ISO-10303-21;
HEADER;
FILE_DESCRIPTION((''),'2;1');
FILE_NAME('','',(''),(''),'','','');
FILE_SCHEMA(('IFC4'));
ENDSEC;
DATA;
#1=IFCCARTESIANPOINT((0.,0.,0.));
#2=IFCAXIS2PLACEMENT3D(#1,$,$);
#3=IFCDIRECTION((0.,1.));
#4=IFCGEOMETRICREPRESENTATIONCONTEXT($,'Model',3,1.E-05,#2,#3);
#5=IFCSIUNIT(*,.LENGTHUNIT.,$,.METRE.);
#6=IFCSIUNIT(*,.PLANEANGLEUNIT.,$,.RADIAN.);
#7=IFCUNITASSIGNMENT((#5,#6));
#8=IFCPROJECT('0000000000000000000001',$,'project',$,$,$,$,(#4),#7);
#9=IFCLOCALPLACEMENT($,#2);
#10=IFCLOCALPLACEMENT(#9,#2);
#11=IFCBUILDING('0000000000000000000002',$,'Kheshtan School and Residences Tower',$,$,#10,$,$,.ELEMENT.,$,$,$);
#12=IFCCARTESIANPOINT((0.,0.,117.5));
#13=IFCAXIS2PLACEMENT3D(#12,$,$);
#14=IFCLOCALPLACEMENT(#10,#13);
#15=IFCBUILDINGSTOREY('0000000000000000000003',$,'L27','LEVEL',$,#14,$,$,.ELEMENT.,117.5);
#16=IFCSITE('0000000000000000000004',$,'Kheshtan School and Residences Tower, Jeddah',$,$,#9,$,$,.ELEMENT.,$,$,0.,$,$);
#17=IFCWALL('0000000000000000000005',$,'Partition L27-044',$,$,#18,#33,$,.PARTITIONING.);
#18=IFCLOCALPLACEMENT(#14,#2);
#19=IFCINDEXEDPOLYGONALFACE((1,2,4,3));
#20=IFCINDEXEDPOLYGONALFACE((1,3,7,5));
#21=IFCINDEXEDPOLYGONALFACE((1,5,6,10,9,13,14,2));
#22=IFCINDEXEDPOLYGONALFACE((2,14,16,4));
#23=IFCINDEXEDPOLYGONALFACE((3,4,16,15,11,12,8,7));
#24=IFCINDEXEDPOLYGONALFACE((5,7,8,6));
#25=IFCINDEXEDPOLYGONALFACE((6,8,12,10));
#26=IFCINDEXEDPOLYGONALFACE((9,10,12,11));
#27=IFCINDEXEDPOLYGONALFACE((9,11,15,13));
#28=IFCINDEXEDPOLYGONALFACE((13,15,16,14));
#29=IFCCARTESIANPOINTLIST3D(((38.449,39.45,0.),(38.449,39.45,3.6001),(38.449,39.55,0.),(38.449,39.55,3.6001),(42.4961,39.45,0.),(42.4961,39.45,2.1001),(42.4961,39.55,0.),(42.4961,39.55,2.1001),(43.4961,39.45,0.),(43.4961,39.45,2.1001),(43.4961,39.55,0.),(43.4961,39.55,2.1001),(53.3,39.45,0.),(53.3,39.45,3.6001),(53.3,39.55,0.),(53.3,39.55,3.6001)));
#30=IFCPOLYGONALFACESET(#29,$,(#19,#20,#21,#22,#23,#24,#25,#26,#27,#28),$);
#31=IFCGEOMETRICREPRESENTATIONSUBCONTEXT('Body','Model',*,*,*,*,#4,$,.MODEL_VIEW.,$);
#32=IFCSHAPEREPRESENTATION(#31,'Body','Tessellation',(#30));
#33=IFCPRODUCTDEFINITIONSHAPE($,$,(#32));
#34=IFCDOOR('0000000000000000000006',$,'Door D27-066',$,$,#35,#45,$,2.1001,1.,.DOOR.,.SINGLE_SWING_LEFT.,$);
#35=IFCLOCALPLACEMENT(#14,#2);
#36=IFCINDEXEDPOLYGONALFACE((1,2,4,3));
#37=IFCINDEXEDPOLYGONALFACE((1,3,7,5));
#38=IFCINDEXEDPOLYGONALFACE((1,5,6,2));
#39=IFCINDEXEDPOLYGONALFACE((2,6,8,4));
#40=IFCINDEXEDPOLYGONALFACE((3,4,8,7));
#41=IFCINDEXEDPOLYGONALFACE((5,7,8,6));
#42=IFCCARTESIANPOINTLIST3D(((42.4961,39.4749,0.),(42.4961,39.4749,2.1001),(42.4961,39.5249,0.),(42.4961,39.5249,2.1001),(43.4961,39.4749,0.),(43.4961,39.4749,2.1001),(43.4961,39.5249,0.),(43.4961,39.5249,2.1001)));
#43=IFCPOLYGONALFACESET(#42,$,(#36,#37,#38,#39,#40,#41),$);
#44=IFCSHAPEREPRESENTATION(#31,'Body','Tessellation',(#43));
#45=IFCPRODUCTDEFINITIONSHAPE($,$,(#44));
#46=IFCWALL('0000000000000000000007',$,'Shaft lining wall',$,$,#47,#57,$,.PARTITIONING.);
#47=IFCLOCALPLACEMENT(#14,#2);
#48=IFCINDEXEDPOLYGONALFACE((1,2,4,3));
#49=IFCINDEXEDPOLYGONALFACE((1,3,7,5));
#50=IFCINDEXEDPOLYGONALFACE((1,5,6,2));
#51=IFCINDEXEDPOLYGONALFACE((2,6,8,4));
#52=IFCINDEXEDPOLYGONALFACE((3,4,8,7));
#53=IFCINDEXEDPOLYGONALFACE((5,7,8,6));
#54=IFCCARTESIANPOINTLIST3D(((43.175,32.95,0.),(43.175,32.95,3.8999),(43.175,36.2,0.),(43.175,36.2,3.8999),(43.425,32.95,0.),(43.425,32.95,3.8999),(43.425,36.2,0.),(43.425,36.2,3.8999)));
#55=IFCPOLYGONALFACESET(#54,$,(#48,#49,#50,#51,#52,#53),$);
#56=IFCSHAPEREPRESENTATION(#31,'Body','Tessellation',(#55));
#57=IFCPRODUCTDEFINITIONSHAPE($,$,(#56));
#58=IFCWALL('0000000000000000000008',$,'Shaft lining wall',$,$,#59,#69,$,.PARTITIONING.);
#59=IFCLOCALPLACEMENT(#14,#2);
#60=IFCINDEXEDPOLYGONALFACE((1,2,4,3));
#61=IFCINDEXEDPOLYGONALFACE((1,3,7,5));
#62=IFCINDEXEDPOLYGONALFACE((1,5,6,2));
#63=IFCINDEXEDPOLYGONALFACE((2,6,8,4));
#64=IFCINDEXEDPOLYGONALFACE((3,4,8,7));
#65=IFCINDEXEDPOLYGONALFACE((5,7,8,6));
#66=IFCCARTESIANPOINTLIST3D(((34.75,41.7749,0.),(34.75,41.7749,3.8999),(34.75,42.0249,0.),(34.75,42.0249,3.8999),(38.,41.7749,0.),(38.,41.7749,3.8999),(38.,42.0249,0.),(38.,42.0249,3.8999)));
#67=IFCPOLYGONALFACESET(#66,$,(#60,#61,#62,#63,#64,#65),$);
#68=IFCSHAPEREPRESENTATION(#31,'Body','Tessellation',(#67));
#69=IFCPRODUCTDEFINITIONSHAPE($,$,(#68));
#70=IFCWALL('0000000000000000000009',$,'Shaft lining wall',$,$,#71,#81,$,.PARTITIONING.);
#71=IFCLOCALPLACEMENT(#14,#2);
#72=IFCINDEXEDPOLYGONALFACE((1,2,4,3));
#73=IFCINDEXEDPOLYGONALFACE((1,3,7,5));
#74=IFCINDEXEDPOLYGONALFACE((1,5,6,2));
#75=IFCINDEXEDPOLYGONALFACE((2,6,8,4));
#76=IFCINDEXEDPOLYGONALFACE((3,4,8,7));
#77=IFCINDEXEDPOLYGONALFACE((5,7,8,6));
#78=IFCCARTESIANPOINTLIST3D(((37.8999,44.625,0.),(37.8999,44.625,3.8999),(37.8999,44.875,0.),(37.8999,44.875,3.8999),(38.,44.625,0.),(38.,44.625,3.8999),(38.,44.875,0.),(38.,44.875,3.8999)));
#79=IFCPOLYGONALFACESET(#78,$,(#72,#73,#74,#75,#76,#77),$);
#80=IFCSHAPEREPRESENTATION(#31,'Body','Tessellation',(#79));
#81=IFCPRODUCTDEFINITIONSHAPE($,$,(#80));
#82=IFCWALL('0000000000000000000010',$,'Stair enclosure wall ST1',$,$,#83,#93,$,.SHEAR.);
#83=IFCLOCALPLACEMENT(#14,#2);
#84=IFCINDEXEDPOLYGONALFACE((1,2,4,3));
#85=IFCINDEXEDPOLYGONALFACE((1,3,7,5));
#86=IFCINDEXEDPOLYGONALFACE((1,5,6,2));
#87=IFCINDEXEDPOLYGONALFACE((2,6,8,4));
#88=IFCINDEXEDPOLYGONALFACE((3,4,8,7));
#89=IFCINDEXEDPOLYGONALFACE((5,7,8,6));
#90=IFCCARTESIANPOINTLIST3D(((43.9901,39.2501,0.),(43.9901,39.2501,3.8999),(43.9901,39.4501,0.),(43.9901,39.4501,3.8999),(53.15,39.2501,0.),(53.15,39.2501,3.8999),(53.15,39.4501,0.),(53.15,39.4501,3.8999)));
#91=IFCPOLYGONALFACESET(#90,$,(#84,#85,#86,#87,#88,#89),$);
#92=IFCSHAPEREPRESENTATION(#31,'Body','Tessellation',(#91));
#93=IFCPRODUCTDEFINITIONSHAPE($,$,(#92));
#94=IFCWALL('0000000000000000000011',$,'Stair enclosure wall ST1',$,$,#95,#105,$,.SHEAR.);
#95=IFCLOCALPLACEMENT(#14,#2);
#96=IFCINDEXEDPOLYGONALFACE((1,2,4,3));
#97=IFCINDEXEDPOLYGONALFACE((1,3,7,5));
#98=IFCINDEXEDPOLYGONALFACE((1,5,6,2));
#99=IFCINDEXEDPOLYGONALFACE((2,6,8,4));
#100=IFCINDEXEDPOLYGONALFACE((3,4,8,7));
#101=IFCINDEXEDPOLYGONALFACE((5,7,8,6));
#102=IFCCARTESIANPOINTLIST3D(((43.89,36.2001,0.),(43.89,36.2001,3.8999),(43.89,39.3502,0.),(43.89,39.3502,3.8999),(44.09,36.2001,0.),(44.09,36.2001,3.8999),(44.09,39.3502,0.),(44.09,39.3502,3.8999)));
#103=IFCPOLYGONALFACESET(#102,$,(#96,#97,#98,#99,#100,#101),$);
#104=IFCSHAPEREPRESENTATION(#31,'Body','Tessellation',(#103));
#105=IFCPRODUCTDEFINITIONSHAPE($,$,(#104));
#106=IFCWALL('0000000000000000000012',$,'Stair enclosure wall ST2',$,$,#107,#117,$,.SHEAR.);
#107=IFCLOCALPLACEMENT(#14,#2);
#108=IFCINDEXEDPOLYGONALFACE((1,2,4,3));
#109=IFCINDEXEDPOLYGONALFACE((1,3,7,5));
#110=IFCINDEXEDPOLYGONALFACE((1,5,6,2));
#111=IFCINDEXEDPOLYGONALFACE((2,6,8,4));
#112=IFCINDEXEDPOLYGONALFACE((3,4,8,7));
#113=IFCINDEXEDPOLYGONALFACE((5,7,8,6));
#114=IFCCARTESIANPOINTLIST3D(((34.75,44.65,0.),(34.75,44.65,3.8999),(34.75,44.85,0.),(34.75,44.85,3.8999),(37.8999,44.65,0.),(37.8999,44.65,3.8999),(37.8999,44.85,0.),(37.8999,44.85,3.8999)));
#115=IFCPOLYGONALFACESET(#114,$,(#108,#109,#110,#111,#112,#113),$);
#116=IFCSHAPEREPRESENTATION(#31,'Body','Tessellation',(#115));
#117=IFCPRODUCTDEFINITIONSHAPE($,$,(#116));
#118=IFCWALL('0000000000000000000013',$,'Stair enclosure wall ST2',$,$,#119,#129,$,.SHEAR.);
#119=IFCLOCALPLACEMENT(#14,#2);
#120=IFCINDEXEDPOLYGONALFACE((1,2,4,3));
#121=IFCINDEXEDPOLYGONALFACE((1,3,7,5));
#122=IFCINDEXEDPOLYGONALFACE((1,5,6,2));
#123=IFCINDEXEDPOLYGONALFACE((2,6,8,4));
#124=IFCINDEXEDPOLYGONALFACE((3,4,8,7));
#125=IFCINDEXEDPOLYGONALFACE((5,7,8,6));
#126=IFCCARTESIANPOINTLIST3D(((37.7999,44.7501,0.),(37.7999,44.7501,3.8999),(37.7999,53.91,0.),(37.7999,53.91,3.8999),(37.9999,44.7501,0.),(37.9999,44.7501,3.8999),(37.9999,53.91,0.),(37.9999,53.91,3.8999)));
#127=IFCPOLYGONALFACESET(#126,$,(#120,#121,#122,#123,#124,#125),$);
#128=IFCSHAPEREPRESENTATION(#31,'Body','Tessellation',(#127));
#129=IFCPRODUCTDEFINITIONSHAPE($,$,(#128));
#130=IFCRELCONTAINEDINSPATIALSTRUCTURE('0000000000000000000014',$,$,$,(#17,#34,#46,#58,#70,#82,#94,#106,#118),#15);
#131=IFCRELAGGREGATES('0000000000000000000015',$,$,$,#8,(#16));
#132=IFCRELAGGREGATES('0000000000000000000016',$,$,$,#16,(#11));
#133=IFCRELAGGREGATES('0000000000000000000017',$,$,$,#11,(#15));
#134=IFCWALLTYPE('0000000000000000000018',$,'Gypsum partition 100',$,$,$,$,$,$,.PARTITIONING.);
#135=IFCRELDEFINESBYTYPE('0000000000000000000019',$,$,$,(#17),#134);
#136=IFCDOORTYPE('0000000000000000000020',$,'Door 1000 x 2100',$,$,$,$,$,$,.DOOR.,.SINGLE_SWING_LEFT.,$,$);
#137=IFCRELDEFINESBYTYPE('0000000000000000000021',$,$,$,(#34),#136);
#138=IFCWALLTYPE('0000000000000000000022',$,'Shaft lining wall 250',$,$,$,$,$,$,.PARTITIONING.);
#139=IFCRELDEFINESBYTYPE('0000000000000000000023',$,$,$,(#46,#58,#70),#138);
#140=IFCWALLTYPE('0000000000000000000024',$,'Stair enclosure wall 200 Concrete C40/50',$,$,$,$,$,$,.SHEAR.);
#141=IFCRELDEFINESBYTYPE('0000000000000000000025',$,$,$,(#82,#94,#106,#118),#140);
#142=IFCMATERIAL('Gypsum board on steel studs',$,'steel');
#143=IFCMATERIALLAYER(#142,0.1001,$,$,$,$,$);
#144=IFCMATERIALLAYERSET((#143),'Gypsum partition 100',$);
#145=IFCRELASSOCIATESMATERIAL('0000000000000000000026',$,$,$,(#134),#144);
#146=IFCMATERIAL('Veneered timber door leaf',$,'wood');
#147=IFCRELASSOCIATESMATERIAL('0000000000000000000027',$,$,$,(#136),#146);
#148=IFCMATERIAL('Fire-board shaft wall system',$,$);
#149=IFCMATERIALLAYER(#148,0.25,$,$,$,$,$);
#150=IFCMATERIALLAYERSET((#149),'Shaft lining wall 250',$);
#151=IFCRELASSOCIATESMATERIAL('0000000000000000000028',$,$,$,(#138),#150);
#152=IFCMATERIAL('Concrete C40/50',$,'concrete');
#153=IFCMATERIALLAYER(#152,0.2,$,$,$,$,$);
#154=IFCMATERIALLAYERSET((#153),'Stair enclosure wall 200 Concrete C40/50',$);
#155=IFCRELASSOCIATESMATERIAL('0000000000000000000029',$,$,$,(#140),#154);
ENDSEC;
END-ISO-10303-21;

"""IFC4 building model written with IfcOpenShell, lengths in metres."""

from ifc_helpers import new_model, si_unit, direction, frame, frame_2d, origin, place, context, subcontext, project, spatial, rectangle, extrude, source, transform, mapped, material, layer, layer_set, type_object, element, fill, save


model = new_model("IFC4")

# Units and contexts
model_context = context("Model", 3, precision=1e-05, world=origin(), true_north=direction((0.0, 1.0)))
body_context = subcontext(model_context, "Body", "Model", "MODEL_VIEW")
ifc_project = project(units=[si_unit("LENGTHUNIT", "METRE"), si_unit("PLANEANGLEUNIT", "RADIAN")], contexts=[model_context])

# Site, building, storey
site_placement = place(None, origin())
site = spatial("IfcSite", under=ifc_project, at=site_placement, Name="Kheshtan School and Residences Tower, Jeddah", CompositionType="ELEMENT", RefElevation=0.0)
building_placement = place(site_placement, origin())
building = spatial("IfcBuilding", under=site, at=building_placement, Name="Kheshtan School and Residences Tower", CompositionType="ELEMENT")
storey_placement = place(building_placement, frame((0.0, 0.0, 117.5)))
storey = spatial("IfcBuildingStorey", under=building, at=storey_placement, Name="L27", Description="LEVEL", CompositionType="ELEMENT", Elevation=117.5)

# Wall, opening, door
ifc_material_1 = material(Name="Gypsum board on steel studs", Category="steel")
ifc_layer_1 = layer(ifc_material_1, 0.1001)
ifc_layer_set_1 = layer_set([ifc_layer_1], Name="Gypsum partition 100")
wall_type_1 = type_object("IfcWallType", Name="Gypsum partition 100", PredefinedType="PARTITIONING", material=ifc_layer_set_1)
wall_1_placement = place(storey_placement, frame((38.449, 39.5, 0.0), z_axis=(0.0, 0.0, 1.0), x_axis=(1.0, 0.0, 0.0)))
wall_1 = element("IfcWall", 1, at=wall_1_placement, inside=storey, type_object=wall_type_1, Name="Partition L27-044", PredefinedType="PARTITIONING", context=body_context, shape_type="SweptSolid", body=[
    extrude(rectangle(XDim=14.8511, YDim=0.1001, at=frame_2d((7.4255, 0.0))), origin(), (0.0, 0.0, 1.0), 3.6001),
])
opening_1_placement = place(wall_1_placement, frame((4.0471, 0.0, 0.0)))
opening_1 = element("IfcOpeningElement", 2, at=opening_1_placement, cuts=wall_1, PredefinedType="OPENING", context=body_context, shape_type="SweptSolid", body=[
    extrude(rectangle(XDim=1.0, YDim=2.1001, at=frame_2d((0.5, 1.05))), frame((0.0, 0.0601, 0.0), z_axis=(0.0, -1.0, 0.0), x_axis=(1.0, 0.0, 0.0)), (0.0, 0.0, 1.0), 0.1201),
])
ifc_material_2 = material(Name="Veneered timber door leaf", Category="wood")
door_type_1 = type_object("IfcDoorType", Name="Door 1000 x 2100", OperationType="SINGLE_SWING_LEFT", PredefinedType="DOOR", material=ifc_material_2)
shared_shape_1 = source(origin(), body_context, "Body", "SweptSolid", [
    extrude(rectangle(XDim=1.0, YDim=2.1001, at=frame_2d((0.5, 1.05))), frame((0.0, 0.0249, 0.0), z_axis=(0.0, -1.0, 0.0), x_axis=(1.0, 0.0, 0.0)), (0.0, 0.0, 1.0), 0.05),
])
door_1_placement = place(opening_1_placement, origin())
door_1 = element("IfcDoor", 3, at=door_1_placement, inside=storey, type_object=door_type_1, Name="Door D27-066", OperationType="SINGLE_SWING_LEFT", OverallHeight=2.1001, OverallWidth=1.0, PredefinedType="DOOR", context=body_context, shape_type="MappedRepresentation", body=[
    mapped(shared_shape_1, transform((0.0, 0.0, 0.0), x_axis=(1.0, 0.0, 0.0), y_axis=(0.0, 1.0, 0.0), z_axis=(0.0, 0.0, 1.0), scale=1.0)),
])
fill(opening_1, door_1)

# Walls
ifc_material_3 = material(Name="Fire-board shaft wall system")
ifc_layer_2 = layer(ifc_material_3, 0.25)
ifc_layer_set_2 = layer_set([ifc_layer_2], Name="Shaft lining wall 250")
wall_type_2 = type_object("IfcWallType", Name="Shaft lining wall 250", PredefinedType="PARTITIONING", material=ifc_layer_set_2)
for number, where, z_axis, x_axis, name in (
    (4, (43.3, 32.95, 0.0), (0.0, 0.0, 1.0), (0.0, 1.0, 0.0), "Shaft lining wall"),
    (5, (34.75, 41.8999, 0.0), (0.0, 0.0, 1.0), (1.0, 0.0, 0.0), "Shaft lining wall"),
):
    element("IfcWall", number, at=place(storey_placement, frame(where, z_axis=z_axis, x_axis=x_axis)), inside=storey, type_object=wall_type_2, Name=name, PredefinedType="PARTITIONING", context=body_context, shape_type="SweptSolid", body=[
        extrude(rectangle(XDim=3.25, YDim=0.25, at=frame_2d((1.625, 0.0))), origin(), (0.0, 0.0, 1.0), 3.8999),
    ])
wall_2_placement = place(storey_placement, frame((37.8999, 44.75, 0.0), z_axis=(0.0, 0.0, 1.0), x_axis=(1.0, 0.0, 0.0)))
element("IfcWall", 6, at=wall_2_placement, inside=storey, type_object=wall_type_2, Name="Shaft lining wall", PredefinedType="PARTITIONING", context=body_context, shape_type="SweptSolid", body=[
    extrude(rectangle(XDim=0.1001, YDim=0.25, at=frame_2d((0.05, 0.0))), origin(), (0.0, 0.0, 1.0), 3.8999),
])
ifc_material_4 = material(Name="Concrete C40/50", Category="concrete")
ifc_layer_3 = layer(ifc_material_4, 0.2)
ifc_layer_set_3 = layer_set([ifc_layer_3], Name="Stair enclosure wall 200 Concrete C40/50")
wall_type_3 = type_object("IfcWallType", Name="Stair enclosure wall 200 Concrete C40/50", PredefinedType="SHEAR", material=ifc_layer_set_3)
wall_3_placement = place(storey_placement, frame((43.99, 39.3501, 0.0), z_axis=(0.0, 0.0, 1.0), x_axis=(1.0, 0.0, 0.0)))
element("IfcWall", 7, at=wall_3_placement, inside=storey, type_object=wall_type_3, Name="Stair enclosure wall ST1", PredefinedType="SHEAR", context=body_context, shape_type="SweptSolid", body=[
    extrude(rectangle(XDim=9.1599, YDim=0.2, at=frame_2d((4.5801, 0.0))), origin(), (0.0, 0.0, 1.0), 3.8999),
])
wall_4_placement = place(storey_placement, frame((43.99, 36.2, 0.0), z_axis=(0.0, 0.0, 1.0), x_axis=(0.0, 1.0, 0.0)))
element("IfcWall", 8, at=wall_4_placement, inside=storey, type_object=wall_type_3, Name="Stair enclosure wall ST1", PredefinedType="SHEAR", context=body_context, shape_type="SweptSolid", body=[
    extrude(rectangle(XDim=3.1501, YDim=0.2, at=frame_2d((1.5752, 0.0))), origin(), (0.0, 0.0, 1.0), 3.8999),
])
wall_5_placement = place(storey_placement, frame((34.75, 44.75, 0.0), z_axis=(0.0, 0.0, 1.0), x_axis=(1.0, 0.0, 0.0)))
element("IfcWall", 9, at=wall_5_placement, inside=storey, type_object=wall_type_3, Name="Stair enclosure wall ST2", PredefinedType="SHEAR", context=body_context, shape_type="SweptSolid", body=[
    extrude(rectangle(XDim=3.1499, YDim=0.2, at=frame_2d((1.575, 0.0))), origin(), (0.0, 0.0, 1.0), 3.8999),
])
wall_6_placement = place(storey_placement, frame((37.8999, 44.75, 0.0), z_axis=(0.0, 0.0, 1.0), x_axis=(0.0, 1.0, 0.0)))
element("IfcWall", 10, at=wall_6_placement, inside=storey, type_object=wall_type_3, Name="Stair enclosure wall ST2", PredefinedType="SHEAR", context=body_context, shape_type="SweptSolid", body=[
    extrude(rectangle(XDim=9.1599, YDim=0.2, at=frame_2d((4.5801, 0.0))), origin(), (0.0, 0.0, 1.0), 3.8999),
])

save(model, "model.ifc")
